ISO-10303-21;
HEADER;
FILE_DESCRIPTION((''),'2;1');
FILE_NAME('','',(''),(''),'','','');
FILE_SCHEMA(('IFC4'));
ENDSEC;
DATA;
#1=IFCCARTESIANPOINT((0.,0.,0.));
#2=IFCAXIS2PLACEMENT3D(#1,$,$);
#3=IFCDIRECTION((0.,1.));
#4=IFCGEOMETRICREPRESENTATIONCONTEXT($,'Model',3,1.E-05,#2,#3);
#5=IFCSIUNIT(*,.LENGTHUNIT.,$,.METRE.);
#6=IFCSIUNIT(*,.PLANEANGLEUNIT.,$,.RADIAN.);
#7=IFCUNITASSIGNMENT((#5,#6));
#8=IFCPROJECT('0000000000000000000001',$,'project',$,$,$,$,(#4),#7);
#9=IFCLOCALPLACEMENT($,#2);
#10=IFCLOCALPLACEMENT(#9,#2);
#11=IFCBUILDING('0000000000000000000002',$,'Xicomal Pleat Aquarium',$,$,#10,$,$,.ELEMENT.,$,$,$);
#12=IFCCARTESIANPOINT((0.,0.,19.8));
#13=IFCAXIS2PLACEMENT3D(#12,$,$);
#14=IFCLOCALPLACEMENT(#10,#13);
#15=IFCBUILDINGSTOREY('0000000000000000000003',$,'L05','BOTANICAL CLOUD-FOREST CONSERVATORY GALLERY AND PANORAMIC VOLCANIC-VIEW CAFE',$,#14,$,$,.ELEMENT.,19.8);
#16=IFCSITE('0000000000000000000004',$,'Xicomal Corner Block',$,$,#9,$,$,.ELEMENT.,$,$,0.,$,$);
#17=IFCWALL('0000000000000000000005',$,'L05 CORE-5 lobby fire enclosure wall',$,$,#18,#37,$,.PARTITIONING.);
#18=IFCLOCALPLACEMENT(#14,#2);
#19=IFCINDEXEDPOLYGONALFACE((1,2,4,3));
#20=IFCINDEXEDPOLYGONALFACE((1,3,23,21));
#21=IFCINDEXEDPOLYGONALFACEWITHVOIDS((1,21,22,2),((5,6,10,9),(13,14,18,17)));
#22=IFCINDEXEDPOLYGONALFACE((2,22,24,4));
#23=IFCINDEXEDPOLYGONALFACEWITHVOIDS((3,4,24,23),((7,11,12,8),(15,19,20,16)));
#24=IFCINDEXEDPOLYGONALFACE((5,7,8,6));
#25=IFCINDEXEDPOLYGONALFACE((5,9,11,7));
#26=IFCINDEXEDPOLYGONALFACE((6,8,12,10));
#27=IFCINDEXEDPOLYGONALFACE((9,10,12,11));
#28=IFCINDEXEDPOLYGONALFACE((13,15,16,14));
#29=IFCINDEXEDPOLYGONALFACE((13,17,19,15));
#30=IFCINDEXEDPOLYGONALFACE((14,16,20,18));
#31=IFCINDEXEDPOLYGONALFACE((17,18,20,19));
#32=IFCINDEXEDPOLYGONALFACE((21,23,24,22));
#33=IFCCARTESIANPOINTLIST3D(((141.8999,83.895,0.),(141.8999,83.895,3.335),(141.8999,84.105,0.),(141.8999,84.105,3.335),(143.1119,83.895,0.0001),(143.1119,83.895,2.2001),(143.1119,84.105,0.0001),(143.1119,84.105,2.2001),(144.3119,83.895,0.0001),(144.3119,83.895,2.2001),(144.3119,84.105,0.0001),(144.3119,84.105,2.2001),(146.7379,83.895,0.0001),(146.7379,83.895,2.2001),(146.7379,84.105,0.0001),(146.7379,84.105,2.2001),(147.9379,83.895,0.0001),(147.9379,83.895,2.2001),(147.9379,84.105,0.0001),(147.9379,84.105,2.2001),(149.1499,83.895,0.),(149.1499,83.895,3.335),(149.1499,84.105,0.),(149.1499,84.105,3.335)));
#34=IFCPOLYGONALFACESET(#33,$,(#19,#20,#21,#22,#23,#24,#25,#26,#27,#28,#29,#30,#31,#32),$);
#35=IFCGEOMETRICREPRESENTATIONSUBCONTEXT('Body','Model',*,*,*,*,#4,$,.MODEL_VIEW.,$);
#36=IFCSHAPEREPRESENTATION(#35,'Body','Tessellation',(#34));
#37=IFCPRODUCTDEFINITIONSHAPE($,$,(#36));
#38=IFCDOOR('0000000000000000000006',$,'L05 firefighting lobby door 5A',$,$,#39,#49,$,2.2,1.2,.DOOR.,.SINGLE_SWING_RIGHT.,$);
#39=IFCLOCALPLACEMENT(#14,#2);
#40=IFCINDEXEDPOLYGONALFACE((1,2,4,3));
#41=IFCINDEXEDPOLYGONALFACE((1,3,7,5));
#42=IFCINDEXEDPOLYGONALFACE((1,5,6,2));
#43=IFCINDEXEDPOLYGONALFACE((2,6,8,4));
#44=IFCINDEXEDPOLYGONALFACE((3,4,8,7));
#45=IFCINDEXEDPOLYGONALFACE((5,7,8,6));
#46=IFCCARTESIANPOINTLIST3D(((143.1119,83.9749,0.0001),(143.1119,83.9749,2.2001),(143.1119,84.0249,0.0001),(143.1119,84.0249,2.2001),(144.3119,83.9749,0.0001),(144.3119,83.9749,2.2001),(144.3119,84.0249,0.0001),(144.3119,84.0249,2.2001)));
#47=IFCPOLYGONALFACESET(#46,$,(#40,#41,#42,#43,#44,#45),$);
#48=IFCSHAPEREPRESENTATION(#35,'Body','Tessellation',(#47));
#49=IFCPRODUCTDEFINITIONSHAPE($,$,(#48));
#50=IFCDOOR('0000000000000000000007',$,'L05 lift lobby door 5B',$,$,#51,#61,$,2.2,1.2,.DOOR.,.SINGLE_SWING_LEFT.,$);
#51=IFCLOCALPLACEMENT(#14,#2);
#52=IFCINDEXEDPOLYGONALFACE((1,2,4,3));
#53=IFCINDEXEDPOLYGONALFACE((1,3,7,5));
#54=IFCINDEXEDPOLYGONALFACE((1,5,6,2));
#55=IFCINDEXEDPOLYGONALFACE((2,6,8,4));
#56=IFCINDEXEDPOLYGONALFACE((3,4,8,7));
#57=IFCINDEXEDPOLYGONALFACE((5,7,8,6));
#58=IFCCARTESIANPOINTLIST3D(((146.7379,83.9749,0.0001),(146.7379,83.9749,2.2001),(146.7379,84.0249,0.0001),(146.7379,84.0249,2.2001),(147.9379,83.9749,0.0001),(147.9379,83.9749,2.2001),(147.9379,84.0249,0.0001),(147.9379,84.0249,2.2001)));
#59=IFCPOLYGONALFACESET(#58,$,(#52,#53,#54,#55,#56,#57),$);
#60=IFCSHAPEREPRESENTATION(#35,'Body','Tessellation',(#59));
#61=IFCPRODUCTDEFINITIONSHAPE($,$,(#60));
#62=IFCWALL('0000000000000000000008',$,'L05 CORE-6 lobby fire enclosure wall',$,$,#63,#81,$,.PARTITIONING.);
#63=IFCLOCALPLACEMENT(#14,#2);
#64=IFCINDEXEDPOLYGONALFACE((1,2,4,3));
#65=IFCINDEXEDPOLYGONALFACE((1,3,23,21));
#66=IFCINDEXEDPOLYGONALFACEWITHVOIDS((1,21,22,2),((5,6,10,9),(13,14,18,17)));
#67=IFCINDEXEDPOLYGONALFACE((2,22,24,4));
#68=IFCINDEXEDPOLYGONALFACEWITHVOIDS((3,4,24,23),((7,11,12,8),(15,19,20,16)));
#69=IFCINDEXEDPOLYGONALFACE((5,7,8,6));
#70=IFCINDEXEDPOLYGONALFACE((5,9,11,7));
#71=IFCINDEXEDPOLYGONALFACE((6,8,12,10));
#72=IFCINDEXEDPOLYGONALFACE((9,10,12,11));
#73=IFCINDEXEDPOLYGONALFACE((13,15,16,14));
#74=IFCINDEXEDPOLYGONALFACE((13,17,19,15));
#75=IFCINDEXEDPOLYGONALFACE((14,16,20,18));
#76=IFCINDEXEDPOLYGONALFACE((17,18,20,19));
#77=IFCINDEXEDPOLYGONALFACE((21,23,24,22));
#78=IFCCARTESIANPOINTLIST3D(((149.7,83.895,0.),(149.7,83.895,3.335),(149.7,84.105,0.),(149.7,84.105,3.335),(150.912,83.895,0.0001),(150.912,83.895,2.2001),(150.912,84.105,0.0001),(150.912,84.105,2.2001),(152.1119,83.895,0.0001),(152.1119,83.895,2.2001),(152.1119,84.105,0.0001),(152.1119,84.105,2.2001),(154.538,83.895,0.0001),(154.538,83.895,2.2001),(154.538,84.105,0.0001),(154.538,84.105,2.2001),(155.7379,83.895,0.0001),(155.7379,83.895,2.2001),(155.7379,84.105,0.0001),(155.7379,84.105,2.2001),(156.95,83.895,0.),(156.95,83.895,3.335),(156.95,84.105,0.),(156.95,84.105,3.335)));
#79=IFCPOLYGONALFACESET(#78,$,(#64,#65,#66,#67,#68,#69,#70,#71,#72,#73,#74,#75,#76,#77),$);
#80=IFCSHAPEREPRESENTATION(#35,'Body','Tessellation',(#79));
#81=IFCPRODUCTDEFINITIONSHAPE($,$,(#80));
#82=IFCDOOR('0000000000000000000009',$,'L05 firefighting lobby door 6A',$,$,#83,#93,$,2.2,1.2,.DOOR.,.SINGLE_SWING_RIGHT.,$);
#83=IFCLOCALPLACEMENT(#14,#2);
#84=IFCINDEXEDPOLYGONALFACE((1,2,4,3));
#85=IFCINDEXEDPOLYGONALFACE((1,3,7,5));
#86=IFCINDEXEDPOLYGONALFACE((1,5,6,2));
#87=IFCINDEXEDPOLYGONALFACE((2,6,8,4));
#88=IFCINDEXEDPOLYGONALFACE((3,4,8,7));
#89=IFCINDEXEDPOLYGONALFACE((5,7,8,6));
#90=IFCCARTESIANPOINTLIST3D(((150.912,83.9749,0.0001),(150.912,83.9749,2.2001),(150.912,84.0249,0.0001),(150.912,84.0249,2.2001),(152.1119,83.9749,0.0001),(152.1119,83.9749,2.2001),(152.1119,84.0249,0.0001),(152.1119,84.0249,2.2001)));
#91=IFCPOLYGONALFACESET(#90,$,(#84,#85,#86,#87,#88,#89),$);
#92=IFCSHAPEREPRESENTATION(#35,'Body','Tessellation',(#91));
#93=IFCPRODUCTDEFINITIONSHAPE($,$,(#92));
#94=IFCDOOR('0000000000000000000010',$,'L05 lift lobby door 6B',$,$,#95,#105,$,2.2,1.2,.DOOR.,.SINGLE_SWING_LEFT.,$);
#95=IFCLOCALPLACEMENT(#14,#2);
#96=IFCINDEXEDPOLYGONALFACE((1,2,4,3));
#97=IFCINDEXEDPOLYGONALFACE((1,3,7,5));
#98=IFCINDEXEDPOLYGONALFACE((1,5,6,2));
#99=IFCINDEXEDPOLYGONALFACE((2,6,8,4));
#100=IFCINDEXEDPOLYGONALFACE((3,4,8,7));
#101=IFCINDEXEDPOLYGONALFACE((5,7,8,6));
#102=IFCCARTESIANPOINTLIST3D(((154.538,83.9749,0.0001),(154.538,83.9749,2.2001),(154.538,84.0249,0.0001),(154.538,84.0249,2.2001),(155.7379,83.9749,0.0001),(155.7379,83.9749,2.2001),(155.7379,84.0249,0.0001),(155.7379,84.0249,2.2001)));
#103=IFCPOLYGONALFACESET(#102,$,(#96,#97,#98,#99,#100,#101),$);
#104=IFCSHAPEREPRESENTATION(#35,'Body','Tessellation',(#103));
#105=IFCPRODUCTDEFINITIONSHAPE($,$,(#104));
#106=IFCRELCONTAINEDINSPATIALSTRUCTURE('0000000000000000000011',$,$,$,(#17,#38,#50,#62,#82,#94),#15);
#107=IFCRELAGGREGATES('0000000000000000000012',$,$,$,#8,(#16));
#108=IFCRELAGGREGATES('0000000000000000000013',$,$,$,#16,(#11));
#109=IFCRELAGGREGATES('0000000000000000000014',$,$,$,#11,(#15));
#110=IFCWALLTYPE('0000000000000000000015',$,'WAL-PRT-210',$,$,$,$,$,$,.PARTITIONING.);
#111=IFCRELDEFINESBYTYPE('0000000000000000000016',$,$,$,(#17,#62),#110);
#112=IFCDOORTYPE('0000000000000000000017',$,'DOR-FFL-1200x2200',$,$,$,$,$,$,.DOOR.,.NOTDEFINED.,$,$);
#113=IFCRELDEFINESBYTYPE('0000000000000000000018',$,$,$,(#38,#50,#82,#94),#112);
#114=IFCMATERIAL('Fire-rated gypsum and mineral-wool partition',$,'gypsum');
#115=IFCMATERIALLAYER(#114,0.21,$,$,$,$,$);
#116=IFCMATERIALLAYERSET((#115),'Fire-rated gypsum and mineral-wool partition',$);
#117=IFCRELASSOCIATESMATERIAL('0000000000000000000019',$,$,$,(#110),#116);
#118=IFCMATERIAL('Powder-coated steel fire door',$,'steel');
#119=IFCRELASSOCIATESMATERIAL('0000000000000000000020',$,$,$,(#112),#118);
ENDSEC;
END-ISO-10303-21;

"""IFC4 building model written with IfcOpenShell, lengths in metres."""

from ifc_helpers import new_model, si_unit, direction, frame, frame_2d, origin, place, context, subcontext, project, spatial, rectangle, extrude, material, layer, layer_set, type_object, element, fill, save


model = new_model("IFC4")

# Units and contexts
model_context = context("Model", 3, precision=1e-05, world=origin(), true_north=direction((0.0, 1.0)))
body_context = subcontext(model_context, "Body", "Model", "MODEL_VIEW")
ifc_project = project(units=[si_unit("LENGTHUNIT", "METRE"), si_unit("PLANEANGLEUNIT", "RADIAN")], contexts=[model_context])

# Site, building, storey
site_placement = place(None, origin())
site = spatial("IfcSite", under=ifc_project, at=site_placement, Name="Xicomal Corner Block", CompositionType="ELEMENT", RefElevation=0.0)
building_placement = place(site_placement, origin())
building = spatial("IfcBuilding", under=site, at=building_placement, Name="Xicomal Pleat Aquarium", CompositionType="ELEMENT")
storey_placement = place(building_placement, frame((0.0, 0.0, 19.8)))
storey = spatial("IfcBuildingStorey", under=building, at=storey_placement, Name="L05", Description="BOTANICAL CLOUD-FOREST CONSERVATORY GALLERY AND PANORAMIC VOLCANIC-VIEW CAFE", CompositionType="ELEMENT", Elevation=19.8)

# Walls, openings, doors
ifc_material_1 = material(Name="Fire-rated gypsum and mineral-wool partition", Category="gypsum")
ifc_layer_1 = layer(ifc_material_1, 0.21)
ifc_layer_set_1 = layer_set([ifc_layer_1], Name="Fire-rated gypsum and mineral-wool partition")
wall_type_1 = type_object("IfcWallType", Name="WAL-PRT-210", PredefinedType="PARTITIONING", material=ifc_layer_set_1)
wall_1_placement = place(storey_placement, frame((141.8999, 84.0, 0.0), z_axis=(0.0, 0.0, 1.0), x_axis=(1.0, 0.0, 0.0)))
wall_1 = element("IfcWall", 1, at=wall_1_placement, inside=storey, type_object=wall_type_1, Name="L05 CORE-5 lobby fire enclosure wall", PredefinedType="PARTITIONING", context=body_context, shape_type="SweptSolid", body=[
    extrude(rectangle(XDim=7.25, YDim=0.21, at=frame_2d((3.625, 0.0))), origin(), (0.0, 0.0, 1.0), 3.335),
])
opening_1_placement = place(wall_1_placement, frame((1.2119, 0.0, 0.0)))
opening_1 = element("IfcOpeningElement", 2, at=opening_1_placement, cuts=wall_1, PredefinedType="OPENING", context=body_context, shape_type="SweptSolid", body=[
    extrude(rectangle(XDim=1.2, YDim=2.2, at=frame_2d((0.6001, 1.1001))), frame((0.0, 0.115, 0.0), z_axis=(0.0, -1.0, 0.0), x_axis=(1.0, 0.0, 0.0)), (0.0, 0.0, 1.0), 0.23),
])
opening_2_placement = place(wall_1_placement, frame((4.8379, 0.0, 0.0)))
opening_2 = element("IfcOpeningElement", 3, at=opening_2_placement, cuts=wall_1, PredefinedType="OPENING", context=body_context, shape_type="SweptSolid", body=[
    extrude(rectangle(XDim=1.2, YDim=2.2, at=frame_2d((0.6001, 1.1001))), frame((0.0, 0.115, 0.0), z_axis=(0.0, -1.0, 0.0), x_axis=(1.0, 0.0, 0.0)), (0.0, 0.0, 1.0), 0.23),
])
ifc_material_2 = material(Name="Powder-coated steel fire door", Category="steel")
door_type_1 = type_object("IfcDoorType", Name="DOR-FFL-1200x2200", OperationType="NOTDEFINED", PredefinedType="DOOR", material=ifc_material_2)
door_1_placement = place(opening_1_placement, origin())
door_1 = element("IfcDoor", 4, at=door_1_placement, inside=storey, type_object=door_type_1, Name="L05 firefighting lobby door 5A", OperationType="SINGLE_SWING_RIGHT", OverallHeight=2.2, OverallWidth=1.2, PredefinedType="DOOR", context=body_context, shape_type="SweptSolid", body=[
    extrude(rectangle(XDim=1.2, YDim=2.2, at=frame_2d((0.6001, 1.1001))), frame((0.0, 0.0249, 0.0), z_axis=(0.0, -1.0, 0.0), x_axis=(1.0, 0.0, 0.0)), (0.0, 0.0, 1.0), 0.05),
])
fill(opening_1, door_1)
door_2_placement = place(opening_2_placement, origin())
door_2 = element("IfcDoor", 5, at=door_2_placement, inside=storey, type_object=door_type_1, Name="L05 lift lobby door 5B", OperationType="SINGLE_SWING_LEFT", OverallHeight=2.2, OverallWidth=1.2, PredefinedType="DOOR", context=body_context, shape_type="SweptSolid", body=[
    extrude(rectangle(XDim=1.2, YDim=2.2, at=frame_2d((0.6001, 1.1001))), frame((0.0, 0.0249, 0.0), z_axis=(0.0, -1.0, 0.0), x_axis=(1.0, 0.0, 0.0)), (0.0, 0.0, 1.0), 0.05),
])
fill(opening_2, door_2)
wall_2_placement = place(storey_placement, frame((149.7, 84.0, 0.0), z_axis=(0.0, 0.0, 1.0), x_axis=(1.0, 0.0, 0.0)))
wall_2 = element("IfcWall", 6, at=wall_2_placement, inside=storey, type_object=wall_type_1, Name="L05 CORE-6 lobby fire enclosure wall", PredefinedType="PARTITIONING", context=body_context, shape_type="SweptSolid", body=[
    extrude(rectangle(XDim=7.25, YDim=0.21, at=frame_2d((3.625, 0.0))), origin(), (0.0, 0.0, 1.0), 3.335),
])
opening_3_placement = place(wall_2_placement, frame((1.2119, 0.0, 0.0)))
opening_3 = element("IfcOpeningElement", 7, at=opening_3_placement, cuts=wall_2, PredefinedType="OPENING", context=body_context, shape_type="SweptSolid", body=[
    extrude(rectangle(XDim=1.2, YDim=2.2, at=frame_2d((0.6001, 1.1001))), frame((0.0, 0.115, 0.0), z_axis=(0.0, -1.0, 0.0), x_axis=(1.0, 0.0, 0.0)), (0.0, 0.0, 1.0), 0.23),
])
opening_4_placement = place(wall_2_placement, frame((4.8379, 0.0, 0.0)))
opening_4 = element("IfcOpeningElement", 8, at=opening_4_placement, cuts=wall_2, PredefinedType="OPENING", context=body_context, shape_type="SweptSolid", body=[
    extrude(rectangle(XDim=1.2, YDim=2.2, at=frame_2d((0.6001, 1.1001))), frame((0.0, 0.115, 0.0), z_axis=(0.0, -1.0, 0.0), x_axis=(1.0, 0.0, 0.0)), (0.0, 0.0, 1.0), 0.23),
])
door_3_placement = place(opening_3_placement, origin())
door_3 = element("IfcDoor", 9, at=door_3_placement, inside=storey, type_object=door_type_1, Name="L05 firefighting lobby door 6A", OperationType="SINGLE_SWING_RIGHT", OverallHeight=2.2, OverallWidth=1.2, PredefinedType="DOOR", context=body_context, shape_type="SweptSolid", body=[
    extrude(rectangle(XDim=1.2, YDim=2.2, at=frame_2d((0.6001, 1.1001))), frame((0.0, 0.0249, 0.0), z_axis=(0.0, -1.0, 0.0), x_axis=(1.0, 0.0, 0.0)), (0.0, 0.0, 1.0), 0.05),
])
fill(opening_3, door_3)
door_4_placement = place(opening_4_placement, origin())
door_4 = element("IfcDoor", 10, at=door_4_placement, inside=storey, type_object=door_type_1, Name="L05 lift lobby door 6B", OperationType="SINGLE_SWING_LEFT", OverallHeight=2.2, OverallWidth=1.2, PredefinedType="DOOR", context=body_context, shape_type="SweptSolid", body=[
    extrude(rectangle(XDim=1.2, YDim=2.2, at=frame_2d((0.6001, 1.1001))), frame((0.0, 0.0249, 0.0), z_axis=(0.0, -1.0, 0.0), x_axis=(1.0, 0.0, 0.0)), (0.0, 0.0, 1.0), 0.05),
])
fill(opening_4, door_4)

save(model, "model.ifc")
